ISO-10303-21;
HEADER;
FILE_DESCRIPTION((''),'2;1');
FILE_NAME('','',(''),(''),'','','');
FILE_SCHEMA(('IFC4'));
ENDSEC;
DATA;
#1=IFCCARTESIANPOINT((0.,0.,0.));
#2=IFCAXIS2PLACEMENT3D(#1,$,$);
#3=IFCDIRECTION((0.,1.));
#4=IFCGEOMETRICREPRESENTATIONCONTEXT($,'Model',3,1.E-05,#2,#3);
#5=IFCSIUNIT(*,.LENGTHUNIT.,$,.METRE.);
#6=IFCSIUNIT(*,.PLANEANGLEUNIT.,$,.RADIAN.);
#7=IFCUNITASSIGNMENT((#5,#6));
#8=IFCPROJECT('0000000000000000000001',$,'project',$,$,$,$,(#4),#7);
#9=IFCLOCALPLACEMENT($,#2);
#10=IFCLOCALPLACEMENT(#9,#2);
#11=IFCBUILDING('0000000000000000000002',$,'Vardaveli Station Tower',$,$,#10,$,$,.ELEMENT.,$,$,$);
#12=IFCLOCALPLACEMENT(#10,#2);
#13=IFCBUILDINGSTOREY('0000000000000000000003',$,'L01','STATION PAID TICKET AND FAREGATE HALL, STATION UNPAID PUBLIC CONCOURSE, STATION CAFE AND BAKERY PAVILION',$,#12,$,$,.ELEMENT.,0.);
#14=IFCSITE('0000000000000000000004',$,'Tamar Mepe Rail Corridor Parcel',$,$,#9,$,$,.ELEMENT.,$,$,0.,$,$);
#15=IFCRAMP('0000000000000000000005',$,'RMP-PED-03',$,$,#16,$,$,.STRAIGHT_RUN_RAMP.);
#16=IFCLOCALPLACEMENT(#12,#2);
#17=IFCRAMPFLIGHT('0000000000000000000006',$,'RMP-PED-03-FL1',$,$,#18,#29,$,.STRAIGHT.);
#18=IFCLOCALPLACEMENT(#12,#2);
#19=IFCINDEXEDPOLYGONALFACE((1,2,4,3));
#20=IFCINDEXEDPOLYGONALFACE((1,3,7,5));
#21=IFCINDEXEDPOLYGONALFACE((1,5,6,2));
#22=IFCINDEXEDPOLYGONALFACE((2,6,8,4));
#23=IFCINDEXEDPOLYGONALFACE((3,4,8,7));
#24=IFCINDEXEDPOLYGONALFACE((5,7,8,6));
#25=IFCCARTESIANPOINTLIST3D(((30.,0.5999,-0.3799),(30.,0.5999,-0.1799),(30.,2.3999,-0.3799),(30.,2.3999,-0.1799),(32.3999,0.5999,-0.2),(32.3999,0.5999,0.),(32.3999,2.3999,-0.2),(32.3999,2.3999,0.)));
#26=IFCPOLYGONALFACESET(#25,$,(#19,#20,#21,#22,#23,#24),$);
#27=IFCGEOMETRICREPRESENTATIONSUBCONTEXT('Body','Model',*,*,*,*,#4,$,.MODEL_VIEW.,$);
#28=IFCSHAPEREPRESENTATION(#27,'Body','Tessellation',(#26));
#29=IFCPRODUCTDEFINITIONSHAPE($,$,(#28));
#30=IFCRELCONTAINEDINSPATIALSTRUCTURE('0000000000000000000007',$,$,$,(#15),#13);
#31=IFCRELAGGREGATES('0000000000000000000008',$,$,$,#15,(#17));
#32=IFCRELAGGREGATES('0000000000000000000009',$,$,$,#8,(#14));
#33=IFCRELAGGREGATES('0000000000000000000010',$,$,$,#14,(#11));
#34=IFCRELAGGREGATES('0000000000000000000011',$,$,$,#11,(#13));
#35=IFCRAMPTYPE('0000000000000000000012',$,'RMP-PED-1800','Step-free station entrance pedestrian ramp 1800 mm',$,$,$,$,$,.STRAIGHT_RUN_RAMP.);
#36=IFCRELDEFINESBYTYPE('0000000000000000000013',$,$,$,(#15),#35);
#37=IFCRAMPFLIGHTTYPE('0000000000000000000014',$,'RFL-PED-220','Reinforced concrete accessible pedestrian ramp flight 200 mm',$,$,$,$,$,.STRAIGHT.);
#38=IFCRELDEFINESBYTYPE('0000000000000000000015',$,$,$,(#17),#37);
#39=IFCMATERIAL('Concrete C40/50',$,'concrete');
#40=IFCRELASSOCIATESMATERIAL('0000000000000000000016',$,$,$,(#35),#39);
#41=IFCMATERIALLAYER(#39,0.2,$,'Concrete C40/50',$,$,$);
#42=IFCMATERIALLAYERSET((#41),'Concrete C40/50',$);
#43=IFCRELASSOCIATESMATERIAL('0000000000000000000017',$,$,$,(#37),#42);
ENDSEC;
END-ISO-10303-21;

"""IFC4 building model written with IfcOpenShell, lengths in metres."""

from ifc_helpers import new_model, si_unit, direction, frame, origin, place, context, subcontext, project, spatial, polyline, outline, extrude, material, layer, layer_set, type_object, element, aggregate, save


model = new_model("IFC4")

# Units and contexts
model_context = context("Model", 3, precision=1e-05, world=origin(), true_north=direction((0.0, 1.0)))
body_context = subcontext(model_context, "Body", "Model", "MODEL_VIEW")
ifc_project = project(units=[si_unit("LENGTHUNIT", "METRE"), si_unit("PLANEANGLEUNIT", "RADIAN")], contexts=[model_context])

# Site, building, storey
site_placement = place(None, origin())
site = spatial("IfcSite", under=ifc_project, at=site_placement, Name="Tamar Mepe Rail Corridor Parcel", CompositionType="ELEMENT", RefElevation=0.0)
building_placement = place(site_placement, origin())
building = spatial("IfcBuilding", under=site, at=building_placement, Name="Vardaveli Station Tower", CompositionType="ELEMENT")
storey_placement = place(building_placement, origin())
storey = spatial("IfcBuildingStorey", under=building, at=storey_placement, Name="L01", Description="STATION PAID TICKET AND FAREGATE HALL, STATION UNPAID PUBLIC CONCOURSE, STATION CAFE AND BAKERY PAVILION", CompositionType="ELEMENT", Elevation=0.0)

# Ramp, ramp flight
ifc_material_1 = material(Name="Concrete C40/50", Category="concrete")
ramp_type = type_object("IfcRampType", Name="RMP-PED-1800", Description="Step-free station entrance pedestrian ramp 1800 mm", PredefinedType="STRAIGHT_RUN_RAMP", material=ifc_material_1)
ramp_placement = place(storey_placement, origin())
ramp = element("IfcRamp", 1, at=ramp_placement, inside=storey, type_object=ramp_type, Name="RMP-PED-03", PredefinedType="STRAIGHT_RUN_RAMP")
ifc_layer_1 = layer(ifc_material_1, 0.2, Name="Concrete C40/50")
ifc_layer_set_1 = layer_set([ifc_layer_1], Name="Concrete C40/50")
ramp_flight_type = type_object("IfcRampFlightType", Name="RFL-PED-220", Description="Reinforced concrete accessible pedestrian ramp flight 200 mm", PredefinedType="STRAIGHT", material=ifc_layer_set_1)
ramp_flight_placement = place(storey_placement, frame((30.0, 1.5, -0.1799), z_axis=(0.0, 0.0, 1.0), x_axis=(1.0, 0.0, 0.0)))
ramp_flight = element("IfcRampFlight", 2, at=ramp_flight_placement, type_object=ramp_flight_type, Name="RMP-PED-03-FL1", PredefinedType="STRAIGHT", context=body_context, shape_type="SweptSolid", body=[
    extrude(outline(polyline([(0.0, -0.2), (2.3999, -0.02), (2.3999, 0.1799), (0.0, 0.0), (0.0, -0.2)])), frame((0.0, 0.8999, 0.0), z_axis=(0.0, -1.0, 0.0), x_axis=(1.0, 0.0, 0.0)), (0.0, 0.0, 1.0), 1.8),
])
aggregate(ramp, [ramp_flight])

save(model, "model.ifc")
